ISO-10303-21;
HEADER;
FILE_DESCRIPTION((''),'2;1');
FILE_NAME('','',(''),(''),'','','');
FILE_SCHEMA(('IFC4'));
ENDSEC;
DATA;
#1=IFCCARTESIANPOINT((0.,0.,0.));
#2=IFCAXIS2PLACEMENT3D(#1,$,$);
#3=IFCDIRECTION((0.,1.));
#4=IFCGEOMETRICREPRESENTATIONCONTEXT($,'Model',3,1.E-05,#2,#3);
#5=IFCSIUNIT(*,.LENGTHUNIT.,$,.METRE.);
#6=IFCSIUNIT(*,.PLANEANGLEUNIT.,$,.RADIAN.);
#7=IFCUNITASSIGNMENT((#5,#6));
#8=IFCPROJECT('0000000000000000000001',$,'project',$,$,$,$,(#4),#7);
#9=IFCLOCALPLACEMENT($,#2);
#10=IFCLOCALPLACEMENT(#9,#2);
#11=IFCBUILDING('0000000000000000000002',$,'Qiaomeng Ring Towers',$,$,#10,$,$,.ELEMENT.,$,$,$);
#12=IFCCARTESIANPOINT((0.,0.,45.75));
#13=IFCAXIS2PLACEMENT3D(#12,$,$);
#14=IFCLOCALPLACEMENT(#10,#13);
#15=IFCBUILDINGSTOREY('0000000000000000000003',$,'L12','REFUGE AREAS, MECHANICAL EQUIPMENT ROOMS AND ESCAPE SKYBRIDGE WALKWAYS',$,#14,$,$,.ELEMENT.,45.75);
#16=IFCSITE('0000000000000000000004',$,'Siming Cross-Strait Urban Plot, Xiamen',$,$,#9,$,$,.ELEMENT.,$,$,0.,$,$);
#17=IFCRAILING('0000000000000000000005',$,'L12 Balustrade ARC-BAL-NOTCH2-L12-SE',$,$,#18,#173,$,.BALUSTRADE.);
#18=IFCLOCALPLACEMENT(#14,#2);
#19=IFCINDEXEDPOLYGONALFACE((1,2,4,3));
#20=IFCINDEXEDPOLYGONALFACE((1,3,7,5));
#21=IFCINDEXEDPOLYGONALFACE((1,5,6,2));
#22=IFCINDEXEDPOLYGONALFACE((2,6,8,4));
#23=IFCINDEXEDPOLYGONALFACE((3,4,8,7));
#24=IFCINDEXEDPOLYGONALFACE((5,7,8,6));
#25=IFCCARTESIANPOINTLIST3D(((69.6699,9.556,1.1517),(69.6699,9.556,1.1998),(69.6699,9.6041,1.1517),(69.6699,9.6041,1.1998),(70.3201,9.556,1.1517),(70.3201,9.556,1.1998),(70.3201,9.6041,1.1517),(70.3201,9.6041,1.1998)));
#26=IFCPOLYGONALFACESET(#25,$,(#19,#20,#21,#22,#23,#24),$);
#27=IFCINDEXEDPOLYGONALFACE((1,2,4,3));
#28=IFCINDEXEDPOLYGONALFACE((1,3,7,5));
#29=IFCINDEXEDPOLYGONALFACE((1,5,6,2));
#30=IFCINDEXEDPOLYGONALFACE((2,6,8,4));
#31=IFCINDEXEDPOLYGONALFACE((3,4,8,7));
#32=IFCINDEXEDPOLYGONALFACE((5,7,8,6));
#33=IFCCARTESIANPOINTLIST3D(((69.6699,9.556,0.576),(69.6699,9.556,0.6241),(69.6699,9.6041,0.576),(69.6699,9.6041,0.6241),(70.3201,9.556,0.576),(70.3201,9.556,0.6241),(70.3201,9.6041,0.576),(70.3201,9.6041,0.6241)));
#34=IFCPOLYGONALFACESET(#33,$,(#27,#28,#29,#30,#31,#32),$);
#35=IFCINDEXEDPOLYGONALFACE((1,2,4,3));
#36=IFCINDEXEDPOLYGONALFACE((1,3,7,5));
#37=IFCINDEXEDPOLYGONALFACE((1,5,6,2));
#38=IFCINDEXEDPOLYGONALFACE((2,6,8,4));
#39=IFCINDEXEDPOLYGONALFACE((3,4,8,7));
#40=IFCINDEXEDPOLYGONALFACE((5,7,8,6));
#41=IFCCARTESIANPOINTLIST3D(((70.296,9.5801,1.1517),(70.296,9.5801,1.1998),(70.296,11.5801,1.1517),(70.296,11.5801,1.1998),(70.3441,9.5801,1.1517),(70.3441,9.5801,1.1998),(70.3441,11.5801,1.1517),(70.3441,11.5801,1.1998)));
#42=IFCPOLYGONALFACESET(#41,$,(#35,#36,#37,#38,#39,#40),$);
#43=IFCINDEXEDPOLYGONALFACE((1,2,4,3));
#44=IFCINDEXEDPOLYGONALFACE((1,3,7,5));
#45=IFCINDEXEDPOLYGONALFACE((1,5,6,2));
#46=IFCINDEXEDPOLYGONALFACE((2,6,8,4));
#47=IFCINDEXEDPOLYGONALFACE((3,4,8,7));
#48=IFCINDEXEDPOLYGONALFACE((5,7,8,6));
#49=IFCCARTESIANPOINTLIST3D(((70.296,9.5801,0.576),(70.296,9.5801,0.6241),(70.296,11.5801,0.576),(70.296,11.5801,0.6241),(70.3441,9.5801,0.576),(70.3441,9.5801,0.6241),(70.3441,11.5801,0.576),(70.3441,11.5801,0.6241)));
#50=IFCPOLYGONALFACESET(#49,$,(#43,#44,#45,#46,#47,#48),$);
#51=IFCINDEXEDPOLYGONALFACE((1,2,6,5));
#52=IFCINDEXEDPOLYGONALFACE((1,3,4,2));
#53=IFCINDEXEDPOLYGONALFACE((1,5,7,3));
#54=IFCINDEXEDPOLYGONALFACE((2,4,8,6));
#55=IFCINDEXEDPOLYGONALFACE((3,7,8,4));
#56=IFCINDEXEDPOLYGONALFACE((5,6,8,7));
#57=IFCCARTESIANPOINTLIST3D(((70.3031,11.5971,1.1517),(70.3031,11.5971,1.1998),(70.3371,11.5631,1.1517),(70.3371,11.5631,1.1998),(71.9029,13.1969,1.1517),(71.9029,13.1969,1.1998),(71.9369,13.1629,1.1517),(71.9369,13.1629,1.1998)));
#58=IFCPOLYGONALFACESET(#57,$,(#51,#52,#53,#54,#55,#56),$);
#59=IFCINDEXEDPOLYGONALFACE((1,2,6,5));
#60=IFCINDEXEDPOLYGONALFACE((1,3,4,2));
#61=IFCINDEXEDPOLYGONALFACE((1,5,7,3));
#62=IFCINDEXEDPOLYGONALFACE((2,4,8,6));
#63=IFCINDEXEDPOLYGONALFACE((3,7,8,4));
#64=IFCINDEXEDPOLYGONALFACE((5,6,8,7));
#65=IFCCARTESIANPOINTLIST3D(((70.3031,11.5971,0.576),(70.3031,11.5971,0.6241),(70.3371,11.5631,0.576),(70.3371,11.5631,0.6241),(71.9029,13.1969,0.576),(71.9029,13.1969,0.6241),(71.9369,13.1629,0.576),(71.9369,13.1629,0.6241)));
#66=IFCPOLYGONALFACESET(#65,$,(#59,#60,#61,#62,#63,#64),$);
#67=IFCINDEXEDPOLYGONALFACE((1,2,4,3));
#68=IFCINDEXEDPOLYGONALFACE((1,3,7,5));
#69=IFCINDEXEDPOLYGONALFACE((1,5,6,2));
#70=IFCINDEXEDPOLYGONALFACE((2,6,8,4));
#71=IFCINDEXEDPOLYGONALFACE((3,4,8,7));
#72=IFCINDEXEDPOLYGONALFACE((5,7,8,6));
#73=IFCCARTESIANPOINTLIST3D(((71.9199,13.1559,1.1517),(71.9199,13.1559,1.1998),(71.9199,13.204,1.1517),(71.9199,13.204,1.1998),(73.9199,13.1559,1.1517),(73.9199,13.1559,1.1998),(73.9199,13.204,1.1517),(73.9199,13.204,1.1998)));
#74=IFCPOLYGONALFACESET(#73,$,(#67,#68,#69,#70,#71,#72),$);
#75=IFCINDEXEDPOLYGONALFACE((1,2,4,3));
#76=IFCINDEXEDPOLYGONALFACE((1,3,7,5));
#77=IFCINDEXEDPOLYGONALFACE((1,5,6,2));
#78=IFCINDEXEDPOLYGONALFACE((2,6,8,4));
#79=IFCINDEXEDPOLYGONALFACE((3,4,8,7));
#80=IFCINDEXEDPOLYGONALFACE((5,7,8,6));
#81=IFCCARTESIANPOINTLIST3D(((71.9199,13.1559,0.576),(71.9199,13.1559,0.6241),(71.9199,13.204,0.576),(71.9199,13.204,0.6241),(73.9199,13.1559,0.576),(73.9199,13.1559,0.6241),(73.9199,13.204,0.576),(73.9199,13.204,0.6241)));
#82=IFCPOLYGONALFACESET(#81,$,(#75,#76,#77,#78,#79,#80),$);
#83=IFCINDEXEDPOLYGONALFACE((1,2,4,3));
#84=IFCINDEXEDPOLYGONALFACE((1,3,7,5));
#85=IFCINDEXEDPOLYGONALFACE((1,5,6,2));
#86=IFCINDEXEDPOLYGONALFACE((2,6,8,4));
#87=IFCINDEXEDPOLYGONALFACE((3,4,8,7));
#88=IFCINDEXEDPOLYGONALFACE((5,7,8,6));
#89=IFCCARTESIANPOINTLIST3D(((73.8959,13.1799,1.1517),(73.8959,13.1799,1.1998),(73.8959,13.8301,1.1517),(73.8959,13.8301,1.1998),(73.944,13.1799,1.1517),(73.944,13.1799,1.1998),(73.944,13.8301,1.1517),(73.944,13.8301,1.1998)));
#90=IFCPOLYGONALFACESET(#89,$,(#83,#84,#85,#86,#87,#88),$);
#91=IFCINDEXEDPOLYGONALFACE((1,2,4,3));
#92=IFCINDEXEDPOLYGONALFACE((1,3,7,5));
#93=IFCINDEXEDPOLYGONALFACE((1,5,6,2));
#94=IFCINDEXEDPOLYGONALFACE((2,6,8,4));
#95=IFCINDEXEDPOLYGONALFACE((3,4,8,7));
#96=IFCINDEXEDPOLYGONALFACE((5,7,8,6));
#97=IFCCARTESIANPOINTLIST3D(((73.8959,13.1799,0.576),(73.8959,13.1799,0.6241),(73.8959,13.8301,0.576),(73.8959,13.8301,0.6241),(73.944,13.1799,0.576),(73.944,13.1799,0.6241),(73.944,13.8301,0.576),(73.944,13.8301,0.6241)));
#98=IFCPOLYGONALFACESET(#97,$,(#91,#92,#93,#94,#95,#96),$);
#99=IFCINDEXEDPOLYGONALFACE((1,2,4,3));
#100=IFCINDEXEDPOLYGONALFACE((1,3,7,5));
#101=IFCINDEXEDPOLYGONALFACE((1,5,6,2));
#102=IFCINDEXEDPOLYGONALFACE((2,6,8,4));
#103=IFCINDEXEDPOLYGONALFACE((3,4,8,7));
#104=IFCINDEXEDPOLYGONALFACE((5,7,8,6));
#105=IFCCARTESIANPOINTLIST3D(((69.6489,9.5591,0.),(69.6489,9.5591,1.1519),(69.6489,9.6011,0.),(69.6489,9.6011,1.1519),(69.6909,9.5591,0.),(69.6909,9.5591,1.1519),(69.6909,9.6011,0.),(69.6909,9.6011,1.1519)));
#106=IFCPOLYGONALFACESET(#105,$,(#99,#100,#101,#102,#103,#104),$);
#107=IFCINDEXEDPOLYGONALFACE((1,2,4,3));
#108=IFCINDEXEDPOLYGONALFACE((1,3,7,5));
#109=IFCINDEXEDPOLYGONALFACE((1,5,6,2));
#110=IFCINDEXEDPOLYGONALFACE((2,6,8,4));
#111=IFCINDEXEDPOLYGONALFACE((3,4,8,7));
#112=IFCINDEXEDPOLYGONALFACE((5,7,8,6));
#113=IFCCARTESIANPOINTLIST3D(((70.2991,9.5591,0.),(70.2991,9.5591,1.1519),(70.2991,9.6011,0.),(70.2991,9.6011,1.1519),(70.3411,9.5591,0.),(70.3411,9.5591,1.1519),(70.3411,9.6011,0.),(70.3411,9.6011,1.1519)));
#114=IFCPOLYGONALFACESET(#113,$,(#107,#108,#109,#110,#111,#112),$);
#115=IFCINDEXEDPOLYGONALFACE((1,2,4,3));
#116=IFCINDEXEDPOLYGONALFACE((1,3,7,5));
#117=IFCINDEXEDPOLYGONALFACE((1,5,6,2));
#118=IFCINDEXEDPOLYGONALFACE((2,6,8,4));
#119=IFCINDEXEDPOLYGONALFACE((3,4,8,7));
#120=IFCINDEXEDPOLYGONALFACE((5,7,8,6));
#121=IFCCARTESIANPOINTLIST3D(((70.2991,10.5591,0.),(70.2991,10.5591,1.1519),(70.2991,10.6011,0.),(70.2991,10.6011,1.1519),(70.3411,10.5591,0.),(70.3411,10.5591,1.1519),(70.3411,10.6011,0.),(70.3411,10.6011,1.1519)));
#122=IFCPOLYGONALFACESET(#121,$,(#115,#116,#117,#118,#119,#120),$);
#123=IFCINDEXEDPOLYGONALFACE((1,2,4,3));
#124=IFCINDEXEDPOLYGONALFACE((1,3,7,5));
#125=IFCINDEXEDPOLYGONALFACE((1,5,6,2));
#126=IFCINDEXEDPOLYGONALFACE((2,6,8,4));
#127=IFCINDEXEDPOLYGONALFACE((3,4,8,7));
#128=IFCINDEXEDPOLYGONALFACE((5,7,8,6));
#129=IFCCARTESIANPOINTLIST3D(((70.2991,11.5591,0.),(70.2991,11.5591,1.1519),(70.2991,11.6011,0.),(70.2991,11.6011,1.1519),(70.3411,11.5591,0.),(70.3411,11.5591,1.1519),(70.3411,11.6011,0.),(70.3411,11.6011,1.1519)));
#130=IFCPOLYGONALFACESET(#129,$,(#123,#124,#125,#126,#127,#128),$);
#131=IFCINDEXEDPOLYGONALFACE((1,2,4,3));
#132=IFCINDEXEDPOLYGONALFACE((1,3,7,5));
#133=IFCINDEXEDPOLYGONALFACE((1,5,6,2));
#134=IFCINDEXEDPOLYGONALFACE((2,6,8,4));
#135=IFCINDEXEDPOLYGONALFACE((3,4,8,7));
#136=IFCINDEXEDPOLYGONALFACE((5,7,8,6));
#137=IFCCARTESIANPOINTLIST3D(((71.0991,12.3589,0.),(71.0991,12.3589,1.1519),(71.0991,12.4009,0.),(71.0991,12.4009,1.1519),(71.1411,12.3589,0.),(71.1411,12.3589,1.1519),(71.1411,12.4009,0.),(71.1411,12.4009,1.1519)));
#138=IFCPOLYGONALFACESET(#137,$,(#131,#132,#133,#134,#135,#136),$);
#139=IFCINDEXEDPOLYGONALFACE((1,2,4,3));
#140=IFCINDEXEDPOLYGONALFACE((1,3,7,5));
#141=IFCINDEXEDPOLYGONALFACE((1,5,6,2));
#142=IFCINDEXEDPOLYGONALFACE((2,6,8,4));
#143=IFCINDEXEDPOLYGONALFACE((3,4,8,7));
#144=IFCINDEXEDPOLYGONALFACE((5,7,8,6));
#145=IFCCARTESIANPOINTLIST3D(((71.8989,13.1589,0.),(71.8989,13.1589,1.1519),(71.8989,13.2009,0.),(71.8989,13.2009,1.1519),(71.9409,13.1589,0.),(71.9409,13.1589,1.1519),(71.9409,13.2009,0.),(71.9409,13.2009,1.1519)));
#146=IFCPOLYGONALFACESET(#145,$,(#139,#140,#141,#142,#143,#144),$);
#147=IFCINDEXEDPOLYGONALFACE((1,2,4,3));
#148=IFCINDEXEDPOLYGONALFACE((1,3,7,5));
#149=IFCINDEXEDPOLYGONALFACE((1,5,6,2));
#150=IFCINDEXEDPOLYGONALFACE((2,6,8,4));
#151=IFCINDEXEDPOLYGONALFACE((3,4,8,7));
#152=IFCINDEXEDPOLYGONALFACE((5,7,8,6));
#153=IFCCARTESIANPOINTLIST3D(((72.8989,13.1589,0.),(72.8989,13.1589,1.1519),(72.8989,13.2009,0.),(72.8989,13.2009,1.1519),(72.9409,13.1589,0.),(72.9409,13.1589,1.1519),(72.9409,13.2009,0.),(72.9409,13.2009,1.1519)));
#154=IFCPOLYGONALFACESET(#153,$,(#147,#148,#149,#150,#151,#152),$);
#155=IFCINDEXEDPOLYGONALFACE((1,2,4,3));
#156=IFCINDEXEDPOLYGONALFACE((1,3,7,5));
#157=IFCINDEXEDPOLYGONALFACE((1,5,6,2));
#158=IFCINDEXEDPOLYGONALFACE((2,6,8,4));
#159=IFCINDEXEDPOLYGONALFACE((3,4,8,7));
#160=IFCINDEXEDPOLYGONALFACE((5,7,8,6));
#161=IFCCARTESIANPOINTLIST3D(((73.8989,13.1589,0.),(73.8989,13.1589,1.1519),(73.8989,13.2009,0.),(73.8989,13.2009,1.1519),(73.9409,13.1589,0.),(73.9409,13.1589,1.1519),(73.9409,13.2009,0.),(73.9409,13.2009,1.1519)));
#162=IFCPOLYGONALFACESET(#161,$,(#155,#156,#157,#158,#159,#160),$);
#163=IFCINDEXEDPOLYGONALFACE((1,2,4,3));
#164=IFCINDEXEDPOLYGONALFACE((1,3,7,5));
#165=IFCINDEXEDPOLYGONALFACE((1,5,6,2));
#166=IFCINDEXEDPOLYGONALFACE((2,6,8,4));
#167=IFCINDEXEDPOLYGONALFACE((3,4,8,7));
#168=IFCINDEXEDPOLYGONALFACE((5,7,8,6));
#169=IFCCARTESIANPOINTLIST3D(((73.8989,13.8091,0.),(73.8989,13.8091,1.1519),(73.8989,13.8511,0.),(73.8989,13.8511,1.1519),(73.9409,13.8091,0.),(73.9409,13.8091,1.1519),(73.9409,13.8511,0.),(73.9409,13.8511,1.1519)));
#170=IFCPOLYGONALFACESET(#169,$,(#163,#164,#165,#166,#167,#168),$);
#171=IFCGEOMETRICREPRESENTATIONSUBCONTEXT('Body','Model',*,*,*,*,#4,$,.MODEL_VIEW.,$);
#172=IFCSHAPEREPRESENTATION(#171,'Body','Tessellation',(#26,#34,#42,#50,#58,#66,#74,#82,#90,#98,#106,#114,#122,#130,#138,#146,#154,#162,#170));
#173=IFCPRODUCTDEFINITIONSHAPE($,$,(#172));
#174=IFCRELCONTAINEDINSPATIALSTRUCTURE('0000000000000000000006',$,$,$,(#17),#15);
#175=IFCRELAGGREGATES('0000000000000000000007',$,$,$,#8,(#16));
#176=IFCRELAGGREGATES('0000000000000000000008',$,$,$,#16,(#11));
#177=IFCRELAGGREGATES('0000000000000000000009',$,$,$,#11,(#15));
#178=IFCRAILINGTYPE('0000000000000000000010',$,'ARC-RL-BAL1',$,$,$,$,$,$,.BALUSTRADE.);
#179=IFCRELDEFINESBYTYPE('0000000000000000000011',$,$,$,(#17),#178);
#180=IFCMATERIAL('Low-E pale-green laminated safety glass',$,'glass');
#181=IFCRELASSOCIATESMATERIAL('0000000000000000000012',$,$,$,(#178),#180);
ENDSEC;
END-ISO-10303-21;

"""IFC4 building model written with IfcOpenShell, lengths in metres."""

from ifc_helpers import new_model, si_unit, direction, frame, origin, origin_2d, place, context, subcontext, project, spatial, rectangle, extrude, material, type_object, element, save


model = new_model("IFC4")

# Units and contexts
model_context = context("Model", 3, precision=1e-05, world=origin(), true_north=direction((0.0, 1.0)))
body_context = subcontext(model_context, "Body", "Model", "MODEL_VIEW")
ifc_project = project(units=[si_unit("LENGTHUNIT", "METRE"), si_unit("PLANEANGLEUNIT", "RADIAN")], contexts=[model_context])

# Site, building, storey
site_placement = place(None, origin())
site = spatial("IfcSite", under=ifc_project, at=site_placement, Name="Siming Cross-Strait Urban Plot, Xiamen", CompositionType="ELEMENT", RefElevation=0.0)
building_placement = place(site_placement, origin())
building = spatial("IfcBuilding", under=site, at=building_placement, Name="Qiaomeng Ring Towers", CompositionType="ELEMENT")
storey_placement = place(building_placement, frame((0.0, 0.0, 45.75)))
storey = spatial("IfcBuildingStorey", under=building, at=storey_placement, Name="L12", Description="REFUGE AREAS, MECHANICAL EQUIPMENT ROOMS AND ESCAPE SKYBRIDGE WALKWAYS", CompositionType="ELEMENT", Elevation=45.75)

# Railing
ifc_material_1 = material(Name="Low-E pale-green laminated safety glass", Category="glass")
railing_type_1 = type_object("IfcRailingType", Name="ARC-RL-BAL1", PredefinedType="BALUSTRADE", material=ifc_material_1)
railing_1_placement = place(storey_placement, frame((69.6699, 9.5801, 0.0)))
element("IfcRailing", 1, at=railing_1_placement, inside=storey, type_object=railing_type_1, Name="L12 Balustrade ARC-BAL-NOTCH2-L12-SE", PredefinedType="BALUSTRADE", context=body_context, shape_type="SweptSolid", body=[
    extrude(rectangle(XDim=0.0481, YDim=0.0481, at=origin_2d()), frame((0.0, 0.0, 1.1758), z_axis=(1.0, 0.0, 0.0), x_axis=(0.0, 1.0, 0.0)), (0.0, 0.0, 1.0), 0.6501),
    extrude(rectangle(XDim=0.0481, YDim=0.0481, at=origin_2d()), frame((0.0, 0.0, 0.6001), z_axis=(1.0, 0.0, 0.0), x_axis=(0.0, 1.0, 0.0)), (0.0, 0.0, 1.0), 0.6501),
    extrude(rectangle(XDim=0.0481, YDim=0.0481, at=origin_2d()), frame((0.6501, 0.0, 1.1758), z_axis=(0.0, 1.0, 0.0), x_axis=(-1.0, 0.0, 0.0)), (0.0, 0.0, 1.0), 2.0),
    extrude(rectangle(XDim=0.0481, YDim=0.0481, at=origin_2d()), frame((0.6501, 0.0, 0.6001), z_axis=(0.0, 1.0, 0.0), x_axis=(-1.0, 0.0, 0.0)), (0.0, 0.0, 1.0), 2.0),
    extrude(rectangle(XDim=0.0481, YDim=0.0481, at=origin_2d()), frame((0.6501, 2.0, 1.1758), z_axis=(0.707107, 0.707107, 0.0), x_axis=(-0.707107, 0.707107, 0.0)), (0.0, 0.0, 1.0), 2.2625),
    extrude(rectangle(XDim=0.0481, YDim=0.0481, at=origin_2d()), frame((0.6501, 2.0, 0.6001), z_axis=(0.707107, 0.707107, 0.0), x_axis=(-0.707107, 0.707107, 0.0)), (0.0, 0.0, 1.0), 2.2625),
    extrude(rectangle(XDim=0.0481, YDim=0.0481, at=origin_2d()), frame((2.25, 3.5999, 1.1758), z_axis=(1.0, 0.0, 0.0), x_axis=(0.0, 1.0, 0.0)), (0.0, 0.0, 1.0), 2.0),
    extrude(rectangle(XDim=0.0481, YDim=0.0481, at=origin_2d()), frame((2.25, 3.5999, 0.6001), z_axis=(1.0, 0.0, 0.0), x_axis=(0.0, 1.0, 0.0)), (0.0, 0.0, 1.0), 2.0),
    extrude(rectangle(XDim=0.0481, YDim=0.0481, at=origin_2d()), frame((4.25, 3.5999, 1.1758), z_axis=(0.0, 1.0, 0.0), x_axis=(-1.0, 0.0, 0.0)), (0.0, 0.0, 1.0), 0.6501),
    extrude(rectangle(XDim=0.0481, YDim=0.0481, at=origin_2d()), frame((4.25, 3.5999, 0.6001), z_axis=(0.0, 1.0, 0.0), x_axis=(-1.0, 0.0, 0.0)), (0.0, 0.0, 1.0), 0.6501),
    extrude(rectangle(XDim=0.042, YDim=0.042, at=origin_2d()), origin(), (0.0, 0.0, 1.0), 1.1519),
    extrude(rectangle(XDim=0.042, YDim=0.042, at=origin_2d()), frame((0.6501, 0.0, 0.0)), (0.0, 0.0, 1.0), 1.1519),
    extrude(rectangle(XDim=0.042, YDim=0.042, at=origin_2d()), frame((0.6501, 1.0, 0.0)), (0.0, 0.0, 1.0), 1.1519),
    extrude(rectangle(XDim=0.042, YDim=0.042, at=origin_2d()), frame((0.6501, 2.0, 0.0)), (0.0, 0.0, 1.0), 1.1519),
    extrude(rectangle(XDim=0.042, YDim=0.042, at=origin_2d()), frame((1.4502, 2.7998, 0.0)), (0.0, 0.0, 1.0), 1.1519),
    extrude(rectangle(XDim=0.042, YDim=0.042, at=origin_2d()), frame((2.25, 3.5999, 0.0)), (0.0, 0.0, 1.0), 1.1519),
    extrude(rectangle(XDim=0.042, YDim=0.042, at=origin_2d()), frame((3.25, 3.5999, 0.0)), (0.0, 0.0, 1.0), 1.1519),
    extrude(rectangle(XDim=0.042, YDim=0.042, at=origin_2d()), frame((4.25, 3.5999, 0.0)), (0.0, 0.0, 1.0), 1.1519),
    extrude(rectangle(XDim=0.042, YDim=0.042, at=origin_2d()), frame((4.25, 4.25, 0.0)), (0.0, 0.0, 1.0), 1.1519),
])

save(model, "model.ifc")
